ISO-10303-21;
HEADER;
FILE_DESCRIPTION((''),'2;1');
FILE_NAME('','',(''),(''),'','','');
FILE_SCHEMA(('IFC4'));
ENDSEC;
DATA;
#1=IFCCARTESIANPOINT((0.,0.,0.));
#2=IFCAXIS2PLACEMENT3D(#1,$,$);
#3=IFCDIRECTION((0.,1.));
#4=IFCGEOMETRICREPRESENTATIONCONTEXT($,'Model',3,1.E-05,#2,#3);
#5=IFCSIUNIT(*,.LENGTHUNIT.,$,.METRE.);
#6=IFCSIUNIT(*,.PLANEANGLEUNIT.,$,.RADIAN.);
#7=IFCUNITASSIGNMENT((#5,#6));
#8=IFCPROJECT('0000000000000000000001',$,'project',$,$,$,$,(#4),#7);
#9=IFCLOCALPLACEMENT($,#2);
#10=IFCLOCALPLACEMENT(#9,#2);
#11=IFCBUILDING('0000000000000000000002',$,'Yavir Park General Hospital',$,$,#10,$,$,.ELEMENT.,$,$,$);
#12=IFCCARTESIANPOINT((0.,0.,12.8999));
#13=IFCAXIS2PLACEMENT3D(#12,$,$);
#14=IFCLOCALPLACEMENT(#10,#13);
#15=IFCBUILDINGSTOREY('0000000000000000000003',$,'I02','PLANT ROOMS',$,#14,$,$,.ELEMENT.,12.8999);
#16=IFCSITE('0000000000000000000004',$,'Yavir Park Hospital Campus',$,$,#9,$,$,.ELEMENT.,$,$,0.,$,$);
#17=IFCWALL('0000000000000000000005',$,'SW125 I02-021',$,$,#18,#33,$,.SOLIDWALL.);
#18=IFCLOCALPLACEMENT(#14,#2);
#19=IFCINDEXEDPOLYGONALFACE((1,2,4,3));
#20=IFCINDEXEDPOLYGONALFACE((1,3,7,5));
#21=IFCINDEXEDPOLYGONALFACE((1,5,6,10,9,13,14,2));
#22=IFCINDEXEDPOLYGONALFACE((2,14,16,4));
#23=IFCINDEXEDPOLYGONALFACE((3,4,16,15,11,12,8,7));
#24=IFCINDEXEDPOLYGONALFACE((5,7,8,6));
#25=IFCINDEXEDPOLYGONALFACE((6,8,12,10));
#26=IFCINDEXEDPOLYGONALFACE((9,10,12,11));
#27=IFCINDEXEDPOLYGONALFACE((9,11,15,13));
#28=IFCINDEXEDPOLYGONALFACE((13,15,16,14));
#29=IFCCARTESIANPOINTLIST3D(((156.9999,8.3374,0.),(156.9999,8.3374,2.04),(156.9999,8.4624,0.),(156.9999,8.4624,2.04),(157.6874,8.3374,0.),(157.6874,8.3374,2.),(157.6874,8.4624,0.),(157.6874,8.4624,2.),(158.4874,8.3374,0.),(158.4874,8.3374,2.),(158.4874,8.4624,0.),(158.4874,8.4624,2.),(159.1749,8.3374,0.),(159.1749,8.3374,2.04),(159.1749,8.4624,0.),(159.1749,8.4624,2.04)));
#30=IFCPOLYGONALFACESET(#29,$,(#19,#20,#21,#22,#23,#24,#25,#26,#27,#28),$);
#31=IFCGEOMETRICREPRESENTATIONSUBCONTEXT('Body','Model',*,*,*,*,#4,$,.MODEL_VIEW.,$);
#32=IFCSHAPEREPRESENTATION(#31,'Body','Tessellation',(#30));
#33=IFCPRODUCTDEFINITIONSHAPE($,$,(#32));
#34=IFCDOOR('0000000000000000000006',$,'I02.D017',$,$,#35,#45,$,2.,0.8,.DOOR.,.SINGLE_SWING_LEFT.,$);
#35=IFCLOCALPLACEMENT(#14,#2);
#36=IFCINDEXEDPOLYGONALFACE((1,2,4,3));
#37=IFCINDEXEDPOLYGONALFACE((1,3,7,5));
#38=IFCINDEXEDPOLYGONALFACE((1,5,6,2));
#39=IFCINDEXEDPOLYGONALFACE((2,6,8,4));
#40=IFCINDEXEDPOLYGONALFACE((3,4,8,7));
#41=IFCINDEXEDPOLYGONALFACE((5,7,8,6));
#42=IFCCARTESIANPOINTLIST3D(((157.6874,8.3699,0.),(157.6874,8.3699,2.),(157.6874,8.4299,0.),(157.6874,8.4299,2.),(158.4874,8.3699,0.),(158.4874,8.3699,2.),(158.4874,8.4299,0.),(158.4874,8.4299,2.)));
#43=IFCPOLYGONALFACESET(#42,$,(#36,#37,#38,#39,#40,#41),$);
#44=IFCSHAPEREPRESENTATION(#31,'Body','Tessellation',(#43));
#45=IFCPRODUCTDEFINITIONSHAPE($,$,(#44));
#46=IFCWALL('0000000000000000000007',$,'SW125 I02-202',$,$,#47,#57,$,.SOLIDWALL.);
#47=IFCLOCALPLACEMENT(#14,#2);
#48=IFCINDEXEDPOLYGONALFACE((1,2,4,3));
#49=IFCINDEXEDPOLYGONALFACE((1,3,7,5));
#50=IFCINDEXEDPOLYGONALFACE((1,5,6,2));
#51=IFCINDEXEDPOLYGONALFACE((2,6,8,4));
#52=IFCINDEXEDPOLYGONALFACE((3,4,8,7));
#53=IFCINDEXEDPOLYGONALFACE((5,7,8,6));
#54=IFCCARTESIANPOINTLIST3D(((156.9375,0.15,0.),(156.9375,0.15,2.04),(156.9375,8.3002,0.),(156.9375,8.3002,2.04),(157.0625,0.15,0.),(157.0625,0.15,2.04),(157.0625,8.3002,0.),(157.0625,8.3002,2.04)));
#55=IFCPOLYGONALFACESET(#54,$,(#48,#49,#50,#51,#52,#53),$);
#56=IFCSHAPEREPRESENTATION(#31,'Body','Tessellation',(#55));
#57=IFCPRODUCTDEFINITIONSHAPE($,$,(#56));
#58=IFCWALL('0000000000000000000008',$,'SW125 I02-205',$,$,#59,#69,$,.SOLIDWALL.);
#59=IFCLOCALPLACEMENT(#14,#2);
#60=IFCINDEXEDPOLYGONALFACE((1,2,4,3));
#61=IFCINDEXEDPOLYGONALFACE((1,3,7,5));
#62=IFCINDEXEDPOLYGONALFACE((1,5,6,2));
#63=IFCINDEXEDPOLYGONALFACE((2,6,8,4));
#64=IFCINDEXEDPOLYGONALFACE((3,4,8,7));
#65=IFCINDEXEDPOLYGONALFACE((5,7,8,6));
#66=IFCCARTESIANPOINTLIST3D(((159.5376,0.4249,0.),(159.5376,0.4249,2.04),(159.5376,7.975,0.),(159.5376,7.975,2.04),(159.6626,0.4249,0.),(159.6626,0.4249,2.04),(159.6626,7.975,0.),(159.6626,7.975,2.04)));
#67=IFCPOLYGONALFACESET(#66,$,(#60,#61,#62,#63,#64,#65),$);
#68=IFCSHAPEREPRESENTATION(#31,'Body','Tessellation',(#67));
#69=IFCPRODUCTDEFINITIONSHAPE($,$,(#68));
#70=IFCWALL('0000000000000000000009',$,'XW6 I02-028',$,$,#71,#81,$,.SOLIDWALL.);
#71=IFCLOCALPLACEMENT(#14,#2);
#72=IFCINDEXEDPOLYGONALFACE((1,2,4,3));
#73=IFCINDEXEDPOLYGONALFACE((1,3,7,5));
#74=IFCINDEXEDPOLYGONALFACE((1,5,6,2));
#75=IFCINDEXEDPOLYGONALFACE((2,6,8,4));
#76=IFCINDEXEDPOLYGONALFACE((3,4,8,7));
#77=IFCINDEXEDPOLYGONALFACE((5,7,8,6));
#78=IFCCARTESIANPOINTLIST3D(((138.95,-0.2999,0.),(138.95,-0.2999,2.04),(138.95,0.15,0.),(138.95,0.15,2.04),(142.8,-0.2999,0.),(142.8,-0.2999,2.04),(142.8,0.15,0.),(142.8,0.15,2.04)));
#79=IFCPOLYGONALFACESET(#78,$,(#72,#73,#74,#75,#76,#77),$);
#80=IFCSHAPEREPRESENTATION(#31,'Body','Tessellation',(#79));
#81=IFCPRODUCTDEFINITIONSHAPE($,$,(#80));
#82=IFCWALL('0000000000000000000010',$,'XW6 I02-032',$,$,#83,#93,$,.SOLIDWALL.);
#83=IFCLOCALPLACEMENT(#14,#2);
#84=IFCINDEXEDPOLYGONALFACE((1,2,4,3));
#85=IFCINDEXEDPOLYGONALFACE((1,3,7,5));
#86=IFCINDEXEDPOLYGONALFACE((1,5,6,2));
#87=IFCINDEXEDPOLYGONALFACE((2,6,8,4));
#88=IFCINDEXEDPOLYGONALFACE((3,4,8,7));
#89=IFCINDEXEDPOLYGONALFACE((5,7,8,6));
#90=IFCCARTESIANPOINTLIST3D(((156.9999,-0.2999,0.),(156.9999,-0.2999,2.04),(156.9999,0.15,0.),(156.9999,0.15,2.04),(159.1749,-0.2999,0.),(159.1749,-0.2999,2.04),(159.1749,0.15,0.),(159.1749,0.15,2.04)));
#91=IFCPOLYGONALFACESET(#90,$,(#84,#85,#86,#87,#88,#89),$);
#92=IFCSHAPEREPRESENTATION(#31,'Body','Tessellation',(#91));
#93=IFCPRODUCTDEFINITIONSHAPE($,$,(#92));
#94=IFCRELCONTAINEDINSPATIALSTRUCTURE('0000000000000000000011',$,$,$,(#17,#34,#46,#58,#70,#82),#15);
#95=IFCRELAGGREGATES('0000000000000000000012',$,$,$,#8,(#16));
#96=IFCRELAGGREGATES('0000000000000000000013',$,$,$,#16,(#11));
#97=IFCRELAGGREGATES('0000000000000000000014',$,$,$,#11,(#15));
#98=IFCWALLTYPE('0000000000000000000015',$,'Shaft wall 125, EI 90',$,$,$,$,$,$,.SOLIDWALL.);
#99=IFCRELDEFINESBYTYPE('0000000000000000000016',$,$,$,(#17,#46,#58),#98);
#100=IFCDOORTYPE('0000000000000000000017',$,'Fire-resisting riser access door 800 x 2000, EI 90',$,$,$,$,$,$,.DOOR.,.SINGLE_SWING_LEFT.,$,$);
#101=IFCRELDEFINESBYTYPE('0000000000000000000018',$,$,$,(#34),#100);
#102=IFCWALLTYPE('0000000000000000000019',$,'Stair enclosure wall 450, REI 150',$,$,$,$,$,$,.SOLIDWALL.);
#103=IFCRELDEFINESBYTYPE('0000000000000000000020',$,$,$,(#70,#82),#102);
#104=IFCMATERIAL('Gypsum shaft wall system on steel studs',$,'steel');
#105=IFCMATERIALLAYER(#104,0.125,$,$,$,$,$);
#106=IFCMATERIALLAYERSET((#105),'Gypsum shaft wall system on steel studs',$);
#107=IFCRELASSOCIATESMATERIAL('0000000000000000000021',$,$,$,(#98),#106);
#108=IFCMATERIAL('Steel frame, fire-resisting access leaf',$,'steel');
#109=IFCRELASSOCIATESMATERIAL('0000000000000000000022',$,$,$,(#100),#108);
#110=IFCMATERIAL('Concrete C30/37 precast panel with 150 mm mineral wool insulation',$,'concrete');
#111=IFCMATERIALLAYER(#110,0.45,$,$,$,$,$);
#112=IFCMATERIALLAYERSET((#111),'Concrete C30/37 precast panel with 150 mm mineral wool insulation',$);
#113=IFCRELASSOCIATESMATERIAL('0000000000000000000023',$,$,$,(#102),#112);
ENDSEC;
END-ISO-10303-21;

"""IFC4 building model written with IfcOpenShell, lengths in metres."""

from ifc_helpers import new_model, si_unit, direction, frame, frame_2d, origin, place, context, subcontext, project, spatial, rectangle, extrude, material, layer, layer_set, type_object, element, fill, save


model = new_model("IFC4")

# Units and contexts
model_context = context("Model", 3, precision=1e-05, world=origin(), true_north=direction((0.0, 1.0)))
body_context = subcontext(model_context, "Body", "Model", "MODEL_VIEW")
ifc_project = project(units=[si_unit("LENGTHUNIT", "METRE"), si_unit("PLANEANGLEUNIT", "RADIAN")], contexts=[model_context])

# Site, building, storey
site_placement = place(None, origin())
site = spatial("IfcSite", under=ifc_project, at=site_placement, Name="Yavir Park Hospital Campus", CompositionType="ELEMENT", RefElevation=0.0)
building_placement = place(site_placement, origin())
building = spatial("IfcBuilding", under=site, at=building_placement, Name="Yavir Park General Hospital", CompositionType="ELEMENT")
storey_placement = place(building_placement, frame((0.0, 0.0, 12.8999)))
storey = spatial("IfcBuildingStorey", under=building, at=storey_placement, Name="I02", Description="PLANT ROOMS", CompositionType="ELEMENT", Elevation=12.8999)

# Wall, opening, door
ifc_material_1 = material(Name="Gypsum shaft wall system on steel studs", Category="steel")
ifc_layer_1 = layer(ifc_material_1, 0.125)
ifc_layer_set_1 = layer_set([ifc_layer_1], Name="Gypsum shaft wall system on steel studs")
wall_type_1 = type_object("IfcWallType", Name="Shaft wall 125, EI 90", PredefinedType="SOLIDWALL", material=ifc_layer_set_1)
wall_1_placement = place(storey_placement, frame((157.0, 8.3999, 0.0), z_axis=(0.0, 0.0, 1.0), x_axis=(1.0, 0.0, 0.0)))
wall_1 = element("IfcWall", 1, at=wall_1_placement, inside=storey, type_object=wall_type_1, Name="SW125 I02-021", PredefinedType="SOLIDWALL", context=body_context, shape_type="SweptSolid", body=[
    extrude(rectangle(XDim=2.175, YDim=0.125, at=frame_2d((1.0874, 0.0))), origin(), (0.0, 0.0, 1.0), 2.04),
])
opening_1_placement = place(wall_1_placement, frame((0.6875, 0.0, 0.0)))
opening_1 = element("IfcOpeningElement", 2, at=opening_1_placement, cuts=wall_1, PredefinedType="OPENING", context=body_context, shape_type="SweptSolid", body=[
    extrude(rectangle(XDim=0.8, YDim=2.0, at=frame_2d((0.3999, 1.0))), frame((0.0, 0.0725, 0.0), z_axis=(0.0, -1.0, 0.0), x_axis=(1.0, 0.0, 0.0)), (0.0, 0.0, 1.0), 0.145),
])
ifc_material_2 = material(Name="Steel frame, fire-resisting access leaf", Category="steel")
door_type_1 = type_object("IfcDoorType", Name="Fire-resisting riser access door 800 x 2000, EI 90", OperationType="SINGLE_SWING_LEFT", PredefinedType="DOOR", material=ifc_material_2)
door_1_placement = place(opening_1_placement, origin())
door_1 = element("IfcDoor", 3, at=door_1_placement, inside=storey, type_object=door_type_1, Name="I02.D017", OperationType="SINGLE_SWING_LEFT", OverallHeight=2.0, OverallWidth=0.8, PredefinedType="DOOR", context=body_context, shape_type="SweptSolid", body=[
    extrude(rectangle(XDim=0.8, YDim=2.0, at=frame_2d((0.3999, 1.0))), frame((0.0, 0.03, 0.0), z_axis=(0.0, -1.0, 0.0), x_axis=(1.0, 0.0, 0.0)), (0.0, 0.0, 1.0), 0.0601),
])
fill(opening_1, door_1)

# Walls
wall_2_placement = place(storey_placement, frame((157.0, 0.1499, 0.0), z_axis=(0.0, 0.0, 1.0), x_axis=(0.0, 1.0, 0.0)))
element("IfcWall", 4, at=wall_2_placement, inside=storey, type_object=wall_type_1, Name="SW125 I02-202", PredefinedType="SOLIDWALL", context=body_context, shape_type="SweptSolid", body=[
    extrude(rectangle(XDim=8.1501, YDim=0.125, at=frame_2d((4.0752, 0.0))), origin(), (0.0, 0.0, 1.0), 2.04),
])
wall_3_placement = place(storey_placement, frame((159.6001, 0.425, 0.0), z_axis=(0.0, 0.0, 1.0), x_axis=(0.0, 1.0, 0.0)))
element("IfcWall", 5, at=wall_3_placement, inside=storey, type_object=wall_type_1, Name="SW125 I02-205", PredefinedType="SOLIDWALL", context=body_context, shape_type="SweptSolid", body=[
    extrude(rectangle(XDim=7.55, YDim=0.125, at=frame_2d((3.7749, 0.0))), origin(), (0.0, 0.0, 1.0), 2.04),
])
ifc_material_3 = material(Name="Concrete C30/37 precast panel with 150 mm mineral wool insulation", Category="concrete")
ifc_layer_2 = layer(ifc_material_3, 0.45)
ifc_layer_set_2 = layer_set([ifc_layer_2], Name="Concrete C30/37 precast panel with 150 mm mineral wool insulation")
wall_type_2 = type_object("IfcWallType", Name="Stair enclosure wall 450, REI 150", PredefinedType="SOLIDWALL", material=ifc_layer_set_2)
wall_4_placement = place(storey_placement, frame((138.95, -0.075, 0.0), z_axis=(0.0, 0.0, 1.0), x_axis=(1.0, 0.0, 0.0)))
element("IfcWall", 6, at=wall_4_placement, inside=storey, type_object=wall_type_2, Name="XW6 I02-028", PredefinedType="SOLIDWALL", context=body_context, shape_type="SweptSolid", body=[
    extrude(rectangle(XDim=3.8501, YDim=0.45, at=frame_2d((1.925, 0.0))), origin(), (0.0, 0.0, 1.0), 2.04),
])
wall_5_placement = place(storey_placement, frame((157.0, -0.075, 0.0), z_axis=(0.0, 0.0, 1.0), x_axis=(1.0, 0.0, 0.0)))
element("IfcWall", 7, at=wall_5_placement, inside=storey, type_object=wall_type_2, Name="XW6 I02-032", PredefinedType="SOLIDWALL", context=body_context, shape_type="SweptSolid", body=[
    extrude(rectangle(XDim=2.175, YDim=0.45, at=frame_2d((1.0874, 0.0))), origin(), (0.0, 0.0, 1.0), 2.04),
])

save(model, "model.ifc")
